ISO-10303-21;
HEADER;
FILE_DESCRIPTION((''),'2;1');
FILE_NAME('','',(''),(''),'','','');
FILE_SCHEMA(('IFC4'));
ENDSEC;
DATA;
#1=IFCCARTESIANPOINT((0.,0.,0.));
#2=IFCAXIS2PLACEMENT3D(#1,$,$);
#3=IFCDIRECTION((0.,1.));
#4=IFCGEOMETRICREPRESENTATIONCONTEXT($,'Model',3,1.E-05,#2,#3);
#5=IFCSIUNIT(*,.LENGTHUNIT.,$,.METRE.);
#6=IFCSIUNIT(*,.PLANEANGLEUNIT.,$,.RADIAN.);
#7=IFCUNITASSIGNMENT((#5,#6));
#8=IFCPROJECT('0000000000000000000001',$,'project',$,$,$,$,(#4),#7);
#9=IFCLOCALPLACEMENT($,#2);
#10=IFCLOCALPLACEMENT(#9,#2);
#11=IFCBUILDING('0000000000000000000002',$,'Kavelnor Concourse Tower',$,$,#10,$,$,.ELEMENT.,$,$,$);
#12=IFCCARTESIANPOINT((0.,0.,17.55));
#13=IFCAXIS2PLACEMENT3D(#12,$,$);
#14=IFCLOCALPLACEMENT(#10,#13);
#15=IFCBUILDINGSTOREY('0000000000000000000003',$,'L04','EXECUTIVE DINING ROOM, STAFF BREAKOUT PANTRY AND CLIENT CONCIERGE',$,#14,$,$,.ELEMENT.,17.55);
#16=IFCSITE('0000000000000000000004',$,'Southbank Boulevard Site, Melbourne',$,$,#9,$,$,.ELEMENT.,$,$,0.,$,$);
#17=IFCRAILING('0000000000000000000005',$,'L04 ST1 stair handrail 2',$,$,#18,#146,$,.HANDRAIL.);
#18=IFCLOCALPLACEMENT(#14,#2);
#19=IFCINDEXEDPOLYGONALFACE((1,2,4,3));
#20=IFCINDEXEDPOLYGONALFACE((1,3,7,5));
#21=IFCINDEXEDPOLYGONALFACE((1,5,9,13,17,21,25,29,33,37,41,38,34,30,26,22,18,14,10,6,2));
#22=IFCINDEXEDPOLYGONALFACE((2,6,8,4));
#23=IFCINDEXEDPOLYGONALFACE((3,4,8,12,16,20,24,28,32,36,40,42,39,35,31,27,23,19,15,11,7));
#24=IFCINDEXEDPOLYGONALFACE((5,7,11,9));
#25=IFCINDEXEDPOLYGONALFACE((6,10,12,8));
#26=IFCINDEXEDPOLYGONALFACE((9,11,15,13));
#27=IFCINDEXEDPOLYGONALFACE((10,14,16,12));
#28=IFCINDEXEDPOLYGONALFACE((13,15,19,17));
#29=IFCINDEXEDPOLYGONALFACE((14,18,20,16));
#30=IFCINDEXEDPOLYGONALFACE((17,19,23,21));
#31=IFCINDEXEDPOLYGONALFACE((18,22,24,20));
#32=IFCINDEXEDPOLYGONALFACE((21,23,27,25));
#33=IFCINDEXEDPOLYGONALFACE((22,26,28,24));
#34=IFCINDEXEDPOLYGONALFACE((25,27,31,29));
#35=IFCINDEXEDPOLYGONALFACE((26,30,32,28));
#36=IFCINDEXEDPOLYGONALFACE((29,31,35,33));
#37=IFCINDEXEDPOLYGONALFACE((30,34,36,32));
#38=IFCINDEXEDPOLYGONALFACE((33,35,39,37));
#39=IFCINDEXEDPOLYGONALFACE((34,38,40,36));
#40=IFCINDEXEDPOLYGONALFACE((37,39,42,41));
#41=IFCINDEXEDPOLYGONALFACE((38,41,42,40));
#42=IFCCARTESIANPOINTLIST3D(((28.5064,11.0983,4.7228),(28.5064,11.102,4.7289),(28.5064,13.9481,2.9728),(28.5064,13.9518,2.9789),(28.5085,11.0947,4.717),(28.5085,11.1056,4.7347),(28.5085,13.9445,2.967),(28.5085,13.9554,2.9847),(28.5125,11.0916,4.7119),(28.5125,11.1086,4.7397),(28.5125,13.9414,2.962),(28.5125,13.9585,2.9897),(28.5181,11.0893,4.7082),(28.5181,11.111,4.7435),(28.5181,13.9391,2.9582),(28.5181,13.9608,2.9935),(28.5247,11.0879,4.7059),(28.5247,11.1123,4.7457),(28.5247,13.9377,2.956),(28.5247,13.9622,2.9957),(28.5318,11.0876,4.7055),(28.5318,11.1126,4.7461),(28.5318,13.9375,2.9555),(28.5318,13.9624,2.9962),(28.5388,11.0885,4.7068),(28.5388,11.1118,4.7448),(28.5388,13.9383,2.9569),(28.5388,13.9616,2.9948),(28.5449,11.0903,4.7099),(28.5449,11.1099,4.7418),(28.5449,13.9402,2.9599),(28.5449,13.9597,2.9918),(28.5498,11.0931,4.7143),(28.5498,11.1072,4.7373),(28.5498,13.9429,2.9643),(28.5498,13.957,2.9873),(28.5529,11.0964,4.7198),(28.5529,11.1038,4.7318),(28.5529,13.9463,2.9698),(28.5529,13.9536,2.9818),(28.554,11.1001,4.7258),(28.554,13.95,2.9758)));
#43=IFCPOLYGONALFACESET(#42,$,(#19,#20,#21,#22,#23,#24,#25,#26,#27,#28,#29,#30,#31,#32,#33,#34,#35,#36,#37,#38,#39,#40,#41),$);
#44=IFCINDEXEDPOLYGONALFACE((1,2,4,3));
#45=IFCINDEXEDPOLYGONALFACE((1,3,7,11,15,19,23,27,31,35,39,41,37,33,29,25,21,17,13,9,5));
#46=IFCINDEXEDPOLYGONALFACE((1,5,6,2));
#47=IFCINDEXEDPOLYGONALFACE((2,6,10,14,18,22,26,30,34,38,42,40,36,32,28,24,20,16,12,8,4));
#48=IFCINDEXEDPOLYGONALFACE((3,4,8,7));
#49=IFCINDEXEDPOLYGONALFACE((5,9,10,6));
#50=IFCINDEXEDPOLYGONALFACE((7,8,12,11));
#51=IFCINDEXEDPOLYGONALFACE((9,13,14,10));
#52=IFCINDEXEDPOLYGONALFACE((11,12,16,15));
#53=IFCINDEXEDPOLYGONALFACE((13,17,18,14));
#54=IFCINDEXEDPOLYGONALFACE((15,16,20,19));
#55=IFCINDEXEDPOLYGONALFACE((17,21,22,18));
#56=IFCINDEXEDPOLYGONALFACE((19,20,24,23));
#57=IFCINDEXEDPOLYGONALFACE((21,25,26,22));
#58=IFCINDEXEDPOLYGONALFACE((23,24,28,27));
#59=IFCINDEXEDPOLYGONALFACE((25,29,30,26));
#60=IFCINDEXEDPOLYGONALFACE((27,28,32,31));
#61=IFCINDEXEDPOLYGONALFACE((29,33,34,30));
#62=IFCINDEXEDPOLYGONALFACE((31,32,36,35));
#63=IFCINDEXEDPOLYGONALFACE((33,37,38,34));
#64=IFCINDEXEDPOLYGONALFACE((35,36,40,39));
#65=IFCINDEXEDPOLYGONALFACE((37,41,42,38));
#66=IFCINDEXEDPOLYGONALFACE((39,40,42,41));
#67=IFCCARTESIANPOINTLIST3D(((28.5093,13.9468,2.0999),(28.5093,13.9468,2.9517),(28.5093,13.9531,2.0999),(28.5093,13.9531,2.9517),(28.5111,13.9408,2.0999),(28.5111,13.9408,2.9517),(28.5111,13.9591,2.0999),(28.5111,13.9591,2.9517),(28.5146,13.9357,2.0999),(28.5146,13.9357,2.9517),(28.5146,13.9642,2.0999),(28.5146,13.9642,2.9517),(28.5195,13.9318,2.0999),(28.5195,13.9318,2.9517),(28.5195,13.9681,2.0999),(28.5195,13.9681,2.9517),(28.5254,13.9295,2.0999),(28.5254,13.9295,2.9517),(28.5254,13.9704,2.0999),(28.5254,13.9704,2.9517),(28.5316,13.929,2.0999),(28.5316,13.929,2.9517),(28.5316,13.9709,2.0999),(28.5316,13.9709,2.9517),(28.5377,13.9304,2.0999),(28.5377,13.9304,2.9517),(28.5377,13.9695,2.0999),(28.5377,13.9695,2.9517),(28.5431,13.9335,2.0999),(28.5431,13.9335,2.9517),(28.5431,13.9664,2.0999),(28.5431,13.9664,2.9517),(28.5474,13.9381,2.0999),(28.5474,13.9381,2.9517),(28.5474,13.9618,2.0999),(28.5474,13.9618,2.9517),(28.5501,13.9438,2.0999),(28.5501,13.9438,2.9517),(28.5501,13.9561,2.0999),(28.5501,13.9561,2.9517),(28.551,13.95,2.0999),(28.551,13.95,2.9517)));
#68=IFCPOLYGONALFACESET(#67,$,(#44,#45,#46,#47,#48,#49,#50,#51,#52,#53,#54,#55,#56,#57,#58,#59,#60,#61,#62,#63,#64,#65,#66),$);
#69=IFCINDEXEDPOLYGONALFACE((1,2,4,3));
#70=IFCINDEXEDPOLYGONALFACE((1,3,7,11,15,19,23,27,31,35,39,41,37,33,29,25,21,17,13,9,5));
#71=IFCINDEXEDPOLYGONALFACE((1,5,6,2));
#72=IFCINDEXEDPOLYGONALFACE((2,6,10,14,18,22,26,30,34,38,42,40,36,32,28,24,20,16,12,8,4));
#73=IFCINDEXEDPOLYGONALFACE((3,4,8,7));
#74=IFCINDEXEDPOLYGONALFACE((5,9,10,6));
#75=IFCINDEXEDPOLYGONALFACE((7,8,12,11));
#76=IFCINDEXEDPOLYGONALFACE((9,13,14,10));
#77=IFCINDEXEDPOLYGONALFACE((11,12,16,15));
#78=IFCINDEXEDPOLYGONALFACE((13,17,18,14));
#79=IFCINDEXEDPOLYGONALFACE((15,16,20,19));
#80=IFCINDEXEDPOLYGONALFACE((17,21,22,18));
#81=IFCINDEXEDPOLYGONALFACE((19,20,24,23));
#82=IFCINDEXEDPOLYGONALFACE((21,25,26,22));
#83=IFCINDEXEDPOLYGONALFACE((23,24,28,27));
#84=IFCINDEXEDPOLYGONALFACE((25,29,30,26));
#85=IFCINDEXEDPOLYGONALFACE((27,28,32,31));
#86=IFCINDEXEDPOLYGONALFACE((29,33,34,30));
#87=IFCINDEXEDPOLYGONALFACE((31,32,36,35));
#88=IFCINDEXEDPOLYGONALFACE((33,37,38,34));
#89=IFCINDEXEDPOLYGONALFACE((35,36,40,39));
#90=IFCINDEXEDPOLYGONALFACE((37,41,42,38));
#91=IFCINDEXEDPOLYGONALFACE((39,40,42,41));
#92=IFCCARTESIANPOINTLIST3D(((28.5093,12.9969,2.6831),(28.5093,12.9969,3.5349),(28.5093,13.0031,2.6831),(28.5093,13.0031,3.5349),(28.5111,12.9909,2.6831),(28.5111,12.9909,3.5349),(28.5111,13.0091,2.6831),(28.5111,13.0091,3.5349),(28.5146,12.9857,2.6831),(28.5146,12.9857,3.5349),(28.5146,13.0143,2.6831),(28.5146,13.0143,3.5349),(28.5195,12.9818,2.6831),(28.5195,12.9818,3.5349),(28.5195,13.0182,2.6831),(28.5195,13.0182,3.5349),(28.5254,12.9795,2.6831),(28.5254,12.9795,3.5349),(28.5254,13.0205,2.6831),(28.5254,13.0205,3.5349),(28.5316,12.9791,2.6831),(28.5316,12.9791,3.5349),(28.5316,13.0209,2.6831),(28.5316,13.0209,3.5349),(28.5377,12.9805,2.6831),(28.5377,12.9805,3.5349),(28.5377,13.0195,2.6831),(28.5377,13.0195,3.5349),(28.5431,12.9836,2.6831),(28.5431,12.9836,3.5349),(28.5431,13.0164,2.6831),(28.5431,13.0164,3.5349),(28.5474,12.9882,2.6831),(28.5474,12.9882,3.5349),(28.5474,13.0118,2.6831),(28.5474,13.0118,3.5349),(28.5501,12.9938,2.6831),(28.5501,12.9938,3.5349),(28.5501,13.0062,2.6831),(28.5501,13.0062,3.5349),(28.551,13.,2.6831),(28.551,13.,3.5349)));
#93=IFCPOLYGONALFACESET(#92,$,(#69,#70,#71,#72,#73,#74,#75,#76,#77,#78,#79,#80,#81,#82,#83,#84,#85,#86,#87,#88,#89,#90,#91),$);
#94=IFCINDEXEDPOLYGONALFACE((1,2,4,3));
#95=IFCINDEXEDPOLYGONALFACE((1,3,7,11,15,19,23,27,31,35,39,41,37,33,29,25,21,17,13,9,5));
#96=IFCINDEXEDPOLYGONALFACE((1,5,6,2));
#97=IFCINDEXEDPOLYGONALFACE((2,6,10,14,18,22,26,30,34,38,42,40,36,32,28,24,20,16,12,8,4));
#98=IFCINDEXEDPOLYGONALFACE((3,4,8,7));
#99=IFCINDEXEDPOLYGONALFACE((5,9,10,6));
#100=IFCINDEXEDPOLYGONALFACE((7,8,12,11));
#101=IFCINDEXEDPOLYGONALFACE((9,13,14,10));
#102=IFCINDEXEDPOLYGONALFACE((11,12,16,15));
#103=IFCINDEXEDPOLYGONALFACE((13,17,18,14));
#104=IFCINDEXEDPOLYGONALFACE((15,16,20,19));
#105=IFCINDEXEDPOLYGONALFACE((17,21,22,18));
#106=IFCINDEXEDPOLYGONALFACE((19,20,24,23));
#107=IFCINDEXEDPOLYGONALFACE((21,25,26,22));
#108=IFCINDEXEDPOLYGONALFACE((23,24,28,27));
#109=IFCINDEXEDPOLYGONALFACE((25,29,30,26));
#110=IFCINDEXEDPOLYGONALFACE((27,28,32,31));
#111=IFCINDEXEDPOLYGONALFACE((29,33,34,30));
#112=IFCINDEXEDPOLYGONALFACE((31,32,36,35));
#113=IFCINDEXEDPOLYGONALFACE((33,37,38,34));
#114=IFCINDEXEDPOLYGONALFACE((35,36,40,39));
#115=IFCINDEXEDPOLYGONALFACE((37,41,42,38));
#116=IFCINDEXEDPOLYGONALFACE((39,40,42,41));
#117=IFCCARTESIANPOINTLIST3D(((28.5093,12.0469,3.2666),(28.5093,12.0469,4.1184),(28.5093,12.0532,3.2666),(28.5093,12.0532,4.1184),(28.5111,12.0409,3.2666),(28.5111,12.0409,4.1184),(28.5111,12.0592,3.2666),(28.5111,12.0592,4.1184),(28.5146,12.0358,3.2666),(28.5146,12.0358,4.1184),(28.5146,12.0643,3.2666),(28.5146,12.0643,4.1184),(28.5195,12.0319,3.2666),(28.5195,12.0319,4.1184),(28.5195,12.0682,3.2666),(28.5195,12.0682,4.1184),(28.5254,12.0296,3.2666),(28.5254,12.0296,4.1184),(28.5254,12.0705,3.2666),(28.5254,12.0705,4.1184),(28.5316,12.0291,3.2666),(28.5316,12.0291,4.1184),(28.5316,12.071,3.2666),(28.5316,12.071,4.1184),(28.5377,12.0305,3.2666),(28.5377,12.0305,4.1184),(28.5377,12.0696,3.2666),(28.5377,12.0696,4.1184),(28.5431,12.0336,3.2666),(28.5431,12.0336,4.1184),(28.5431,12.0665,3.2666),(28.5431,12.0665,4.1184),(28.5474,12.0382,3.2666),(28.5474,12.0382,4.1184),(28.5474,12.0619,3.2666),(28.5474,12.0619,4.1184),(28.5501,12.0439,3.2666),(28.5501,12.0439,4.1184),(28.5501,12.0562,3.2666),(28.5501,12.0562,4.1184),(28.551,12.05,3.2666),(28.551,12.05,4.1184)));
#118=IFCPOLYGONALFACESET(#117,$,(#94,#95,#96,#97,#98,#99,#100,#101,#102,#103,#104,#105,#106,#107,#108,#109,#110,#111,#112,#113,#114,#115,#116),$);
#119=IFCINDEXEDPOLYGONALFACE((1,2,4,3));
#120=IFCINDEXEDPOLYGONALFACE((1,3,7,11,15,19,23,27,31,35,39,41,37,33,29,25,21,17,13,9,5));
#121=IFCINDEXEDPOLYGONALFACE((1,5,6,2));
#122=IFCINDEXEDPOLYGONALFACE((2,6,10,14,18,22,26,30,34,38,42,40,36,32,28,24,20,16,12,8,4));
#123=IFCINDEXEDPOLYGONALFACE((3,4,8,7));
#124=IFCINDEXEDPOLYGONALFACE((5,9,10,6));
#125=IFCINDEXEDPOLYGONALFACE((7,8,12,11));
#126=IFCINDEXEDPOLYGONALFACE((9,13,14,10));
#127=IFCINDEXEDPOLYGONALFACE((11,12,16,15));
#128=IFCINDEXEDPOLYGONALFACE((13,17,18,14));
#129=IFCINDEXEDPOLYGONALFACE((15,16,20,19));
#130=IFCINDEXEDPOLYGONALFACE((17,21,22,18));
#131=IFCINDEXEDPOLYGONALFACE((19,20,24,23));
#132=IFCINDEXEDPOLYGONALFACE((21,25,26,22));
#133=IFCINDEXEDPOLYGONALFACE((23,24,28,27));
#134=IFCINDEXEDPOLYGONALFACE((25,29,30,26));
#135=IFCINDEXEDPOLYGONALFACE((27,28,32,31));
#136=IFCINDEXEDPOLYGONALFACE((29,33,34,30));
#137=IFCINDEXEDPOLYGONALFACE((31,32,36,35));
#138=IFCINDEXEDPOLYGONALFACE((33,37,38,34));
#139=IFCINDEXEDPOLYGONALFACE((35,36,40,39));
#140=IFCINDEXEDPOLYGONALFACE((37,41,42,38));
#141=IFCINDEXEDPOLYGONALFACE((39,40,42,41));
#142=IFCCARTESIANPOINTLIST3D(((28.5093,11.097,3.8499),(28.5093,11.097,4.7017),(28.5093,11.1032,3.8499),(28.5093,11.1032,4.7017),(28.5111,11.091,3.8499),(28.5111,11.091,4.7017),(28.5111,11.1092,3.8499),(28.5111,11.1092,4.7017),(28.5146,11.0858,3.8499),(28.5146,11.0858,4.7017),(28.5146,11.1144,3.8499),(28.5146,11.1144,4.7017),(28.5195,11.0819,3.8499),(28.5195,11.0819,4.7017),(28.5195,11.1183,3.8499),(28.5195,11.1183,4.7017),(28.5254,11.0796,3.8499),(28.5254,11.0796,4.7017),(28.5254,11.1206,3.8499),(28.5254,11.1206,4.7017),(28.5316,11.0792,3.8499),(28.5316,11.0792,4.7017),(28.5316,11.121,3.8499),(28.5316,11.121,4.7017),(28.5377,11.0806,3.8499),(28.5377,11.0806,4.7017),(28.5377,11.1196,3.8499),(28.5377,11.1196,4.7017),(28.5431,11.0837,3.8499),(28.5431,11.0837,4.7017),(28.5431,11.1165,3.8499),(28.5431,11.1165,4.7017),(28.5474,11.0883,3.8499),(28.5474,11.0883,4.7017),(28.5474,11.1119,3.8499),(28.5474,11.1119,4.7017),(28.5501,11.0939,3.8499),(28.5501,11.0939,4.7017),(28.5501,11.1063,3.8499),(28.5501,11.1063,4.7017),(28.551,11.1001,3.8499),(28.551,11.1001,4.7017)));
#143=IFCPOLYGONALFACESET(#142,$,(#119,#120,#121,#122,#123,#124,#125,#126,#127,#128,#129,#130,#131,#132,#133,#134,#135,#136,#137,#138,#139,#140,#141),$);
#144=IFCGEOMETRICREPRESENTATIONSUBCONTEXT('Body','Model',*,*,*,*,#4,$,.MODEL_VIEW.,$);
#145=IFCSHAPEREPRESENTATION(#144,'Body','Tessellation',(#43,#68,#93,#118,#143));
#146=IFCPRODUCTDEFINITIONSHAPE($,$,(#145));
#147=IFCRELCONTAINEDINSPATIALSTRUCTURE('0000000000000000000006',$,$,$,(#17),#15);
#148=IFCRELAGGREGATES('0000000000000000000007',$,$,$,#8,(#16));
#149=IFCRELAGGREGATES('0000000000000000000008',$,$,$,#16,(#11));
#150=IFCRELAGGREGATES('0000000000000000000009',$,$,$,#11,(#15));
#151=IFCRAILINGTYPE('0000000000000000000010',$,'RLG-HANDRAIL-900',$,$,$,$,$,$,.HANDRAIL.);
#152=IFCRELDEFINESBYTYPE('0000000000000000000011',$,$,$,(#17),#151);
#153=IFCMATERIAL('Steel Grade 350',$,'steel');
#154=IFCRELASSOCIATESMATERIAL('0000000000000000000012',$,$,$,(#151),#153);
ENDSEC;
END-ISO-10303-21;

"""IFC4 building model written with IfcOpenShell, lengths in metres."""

from ifc_helpers import new_model, si_unit, direction, frame, origin, origin_2d, place, context, subcontext, project, spatial, circle, extrude, material, type_object, element, save


model = new_model("IFC4")

# Units and contexts
model_context = context("Model", 3, precision=1e-05, world=origin(), true_north=direction((0.0, 1.0)))
body_context = subcontext(model_context, "Body", "Model", "MODEL_VIEW")
ifc_project = project(units=[si_unit("LENGTHUNIT", "METRE"), si_unit("PLANEANGLEUNIT", "RADIAN")], contexts=[model_context])

# Site, building, storey
site_placement = place(None, origin())
site = spatial("IfcSite", under=ifc_project, at=site_placement, Name="Southbank Boulevard Site, Melbourne", CompositionType="ELEMENT", RefElevation=0.0)
building_placement = place(site_placement, origin())
building = spatial("IfcBuilding", under=site, at=building_placement, Name="Kavelnor Concourse Tower", CompositionType="ELEMENT")
storey_placement = place(building_placement, frame((0.0, 0.0, 17.55)))
storey = spatial("IfcBuildingStorey", under=building, at=storey_placement, Name="L04", Description="EXECUTIVE DINING ROOM, STAFF BREAKOUT PANTRY AND CLIENT CONCIERGE", CompositionType="ELEMENT", Elevation=17.55)

# Shared definitions
ifc_material_1 = material(Name="Steel Grade 350", Category="steel")

# Railing
railing_type_1 = type_object("IfcRailingType", Name="RLG-HANDRAIL-900", PredefinedType="HANDRAIL", material=ifc_material_1)
railing_1_placement = place(storey_placement, frame((28.53, 13.95, 2.0999)))
element("IfcRailing", 1, at=railing_1_placement, inside=storey, type_object=railing_type_1, Name="L04 ST1 stair handrail 2", PredefinedType="HANDRAIL", context=body_context, shape_type="SweptSolid", body=[
    extrude(circle(Radius=0.0239, at=origin_2d()), frame((0.0, 0.0, 0.876), z_axis=(0.0, -0.852159, 0.523283), x_axis=(1.0, 0.0, 0.0)), (0.0, 0.0, 1.0), 3.3442),
    extrude(circle(Radius=0.021, at=origin_2d()), origin(), (0.0, 0.0, 1.0), 0.8518),
    extrude(circle(Radius=0.021, at=origin_2d()), frame((0.0, -0.95, 0.5833)), (0.0, 0.0, 1.0), 0.8518),
    extrude(circle(Radius=0.021, at=origin_2d()), frame((0.0, -1.8999, 1.1667)), (0.0, 0.0, 1.0), 0.8518),
    extrude(circle(Radius=0.021, at=origin_2d()), frame((0.0, -2.8499, 1.75)), (0.0, 0.0, 1.0), 0.8518),
])

save(model, "model.ifc")
